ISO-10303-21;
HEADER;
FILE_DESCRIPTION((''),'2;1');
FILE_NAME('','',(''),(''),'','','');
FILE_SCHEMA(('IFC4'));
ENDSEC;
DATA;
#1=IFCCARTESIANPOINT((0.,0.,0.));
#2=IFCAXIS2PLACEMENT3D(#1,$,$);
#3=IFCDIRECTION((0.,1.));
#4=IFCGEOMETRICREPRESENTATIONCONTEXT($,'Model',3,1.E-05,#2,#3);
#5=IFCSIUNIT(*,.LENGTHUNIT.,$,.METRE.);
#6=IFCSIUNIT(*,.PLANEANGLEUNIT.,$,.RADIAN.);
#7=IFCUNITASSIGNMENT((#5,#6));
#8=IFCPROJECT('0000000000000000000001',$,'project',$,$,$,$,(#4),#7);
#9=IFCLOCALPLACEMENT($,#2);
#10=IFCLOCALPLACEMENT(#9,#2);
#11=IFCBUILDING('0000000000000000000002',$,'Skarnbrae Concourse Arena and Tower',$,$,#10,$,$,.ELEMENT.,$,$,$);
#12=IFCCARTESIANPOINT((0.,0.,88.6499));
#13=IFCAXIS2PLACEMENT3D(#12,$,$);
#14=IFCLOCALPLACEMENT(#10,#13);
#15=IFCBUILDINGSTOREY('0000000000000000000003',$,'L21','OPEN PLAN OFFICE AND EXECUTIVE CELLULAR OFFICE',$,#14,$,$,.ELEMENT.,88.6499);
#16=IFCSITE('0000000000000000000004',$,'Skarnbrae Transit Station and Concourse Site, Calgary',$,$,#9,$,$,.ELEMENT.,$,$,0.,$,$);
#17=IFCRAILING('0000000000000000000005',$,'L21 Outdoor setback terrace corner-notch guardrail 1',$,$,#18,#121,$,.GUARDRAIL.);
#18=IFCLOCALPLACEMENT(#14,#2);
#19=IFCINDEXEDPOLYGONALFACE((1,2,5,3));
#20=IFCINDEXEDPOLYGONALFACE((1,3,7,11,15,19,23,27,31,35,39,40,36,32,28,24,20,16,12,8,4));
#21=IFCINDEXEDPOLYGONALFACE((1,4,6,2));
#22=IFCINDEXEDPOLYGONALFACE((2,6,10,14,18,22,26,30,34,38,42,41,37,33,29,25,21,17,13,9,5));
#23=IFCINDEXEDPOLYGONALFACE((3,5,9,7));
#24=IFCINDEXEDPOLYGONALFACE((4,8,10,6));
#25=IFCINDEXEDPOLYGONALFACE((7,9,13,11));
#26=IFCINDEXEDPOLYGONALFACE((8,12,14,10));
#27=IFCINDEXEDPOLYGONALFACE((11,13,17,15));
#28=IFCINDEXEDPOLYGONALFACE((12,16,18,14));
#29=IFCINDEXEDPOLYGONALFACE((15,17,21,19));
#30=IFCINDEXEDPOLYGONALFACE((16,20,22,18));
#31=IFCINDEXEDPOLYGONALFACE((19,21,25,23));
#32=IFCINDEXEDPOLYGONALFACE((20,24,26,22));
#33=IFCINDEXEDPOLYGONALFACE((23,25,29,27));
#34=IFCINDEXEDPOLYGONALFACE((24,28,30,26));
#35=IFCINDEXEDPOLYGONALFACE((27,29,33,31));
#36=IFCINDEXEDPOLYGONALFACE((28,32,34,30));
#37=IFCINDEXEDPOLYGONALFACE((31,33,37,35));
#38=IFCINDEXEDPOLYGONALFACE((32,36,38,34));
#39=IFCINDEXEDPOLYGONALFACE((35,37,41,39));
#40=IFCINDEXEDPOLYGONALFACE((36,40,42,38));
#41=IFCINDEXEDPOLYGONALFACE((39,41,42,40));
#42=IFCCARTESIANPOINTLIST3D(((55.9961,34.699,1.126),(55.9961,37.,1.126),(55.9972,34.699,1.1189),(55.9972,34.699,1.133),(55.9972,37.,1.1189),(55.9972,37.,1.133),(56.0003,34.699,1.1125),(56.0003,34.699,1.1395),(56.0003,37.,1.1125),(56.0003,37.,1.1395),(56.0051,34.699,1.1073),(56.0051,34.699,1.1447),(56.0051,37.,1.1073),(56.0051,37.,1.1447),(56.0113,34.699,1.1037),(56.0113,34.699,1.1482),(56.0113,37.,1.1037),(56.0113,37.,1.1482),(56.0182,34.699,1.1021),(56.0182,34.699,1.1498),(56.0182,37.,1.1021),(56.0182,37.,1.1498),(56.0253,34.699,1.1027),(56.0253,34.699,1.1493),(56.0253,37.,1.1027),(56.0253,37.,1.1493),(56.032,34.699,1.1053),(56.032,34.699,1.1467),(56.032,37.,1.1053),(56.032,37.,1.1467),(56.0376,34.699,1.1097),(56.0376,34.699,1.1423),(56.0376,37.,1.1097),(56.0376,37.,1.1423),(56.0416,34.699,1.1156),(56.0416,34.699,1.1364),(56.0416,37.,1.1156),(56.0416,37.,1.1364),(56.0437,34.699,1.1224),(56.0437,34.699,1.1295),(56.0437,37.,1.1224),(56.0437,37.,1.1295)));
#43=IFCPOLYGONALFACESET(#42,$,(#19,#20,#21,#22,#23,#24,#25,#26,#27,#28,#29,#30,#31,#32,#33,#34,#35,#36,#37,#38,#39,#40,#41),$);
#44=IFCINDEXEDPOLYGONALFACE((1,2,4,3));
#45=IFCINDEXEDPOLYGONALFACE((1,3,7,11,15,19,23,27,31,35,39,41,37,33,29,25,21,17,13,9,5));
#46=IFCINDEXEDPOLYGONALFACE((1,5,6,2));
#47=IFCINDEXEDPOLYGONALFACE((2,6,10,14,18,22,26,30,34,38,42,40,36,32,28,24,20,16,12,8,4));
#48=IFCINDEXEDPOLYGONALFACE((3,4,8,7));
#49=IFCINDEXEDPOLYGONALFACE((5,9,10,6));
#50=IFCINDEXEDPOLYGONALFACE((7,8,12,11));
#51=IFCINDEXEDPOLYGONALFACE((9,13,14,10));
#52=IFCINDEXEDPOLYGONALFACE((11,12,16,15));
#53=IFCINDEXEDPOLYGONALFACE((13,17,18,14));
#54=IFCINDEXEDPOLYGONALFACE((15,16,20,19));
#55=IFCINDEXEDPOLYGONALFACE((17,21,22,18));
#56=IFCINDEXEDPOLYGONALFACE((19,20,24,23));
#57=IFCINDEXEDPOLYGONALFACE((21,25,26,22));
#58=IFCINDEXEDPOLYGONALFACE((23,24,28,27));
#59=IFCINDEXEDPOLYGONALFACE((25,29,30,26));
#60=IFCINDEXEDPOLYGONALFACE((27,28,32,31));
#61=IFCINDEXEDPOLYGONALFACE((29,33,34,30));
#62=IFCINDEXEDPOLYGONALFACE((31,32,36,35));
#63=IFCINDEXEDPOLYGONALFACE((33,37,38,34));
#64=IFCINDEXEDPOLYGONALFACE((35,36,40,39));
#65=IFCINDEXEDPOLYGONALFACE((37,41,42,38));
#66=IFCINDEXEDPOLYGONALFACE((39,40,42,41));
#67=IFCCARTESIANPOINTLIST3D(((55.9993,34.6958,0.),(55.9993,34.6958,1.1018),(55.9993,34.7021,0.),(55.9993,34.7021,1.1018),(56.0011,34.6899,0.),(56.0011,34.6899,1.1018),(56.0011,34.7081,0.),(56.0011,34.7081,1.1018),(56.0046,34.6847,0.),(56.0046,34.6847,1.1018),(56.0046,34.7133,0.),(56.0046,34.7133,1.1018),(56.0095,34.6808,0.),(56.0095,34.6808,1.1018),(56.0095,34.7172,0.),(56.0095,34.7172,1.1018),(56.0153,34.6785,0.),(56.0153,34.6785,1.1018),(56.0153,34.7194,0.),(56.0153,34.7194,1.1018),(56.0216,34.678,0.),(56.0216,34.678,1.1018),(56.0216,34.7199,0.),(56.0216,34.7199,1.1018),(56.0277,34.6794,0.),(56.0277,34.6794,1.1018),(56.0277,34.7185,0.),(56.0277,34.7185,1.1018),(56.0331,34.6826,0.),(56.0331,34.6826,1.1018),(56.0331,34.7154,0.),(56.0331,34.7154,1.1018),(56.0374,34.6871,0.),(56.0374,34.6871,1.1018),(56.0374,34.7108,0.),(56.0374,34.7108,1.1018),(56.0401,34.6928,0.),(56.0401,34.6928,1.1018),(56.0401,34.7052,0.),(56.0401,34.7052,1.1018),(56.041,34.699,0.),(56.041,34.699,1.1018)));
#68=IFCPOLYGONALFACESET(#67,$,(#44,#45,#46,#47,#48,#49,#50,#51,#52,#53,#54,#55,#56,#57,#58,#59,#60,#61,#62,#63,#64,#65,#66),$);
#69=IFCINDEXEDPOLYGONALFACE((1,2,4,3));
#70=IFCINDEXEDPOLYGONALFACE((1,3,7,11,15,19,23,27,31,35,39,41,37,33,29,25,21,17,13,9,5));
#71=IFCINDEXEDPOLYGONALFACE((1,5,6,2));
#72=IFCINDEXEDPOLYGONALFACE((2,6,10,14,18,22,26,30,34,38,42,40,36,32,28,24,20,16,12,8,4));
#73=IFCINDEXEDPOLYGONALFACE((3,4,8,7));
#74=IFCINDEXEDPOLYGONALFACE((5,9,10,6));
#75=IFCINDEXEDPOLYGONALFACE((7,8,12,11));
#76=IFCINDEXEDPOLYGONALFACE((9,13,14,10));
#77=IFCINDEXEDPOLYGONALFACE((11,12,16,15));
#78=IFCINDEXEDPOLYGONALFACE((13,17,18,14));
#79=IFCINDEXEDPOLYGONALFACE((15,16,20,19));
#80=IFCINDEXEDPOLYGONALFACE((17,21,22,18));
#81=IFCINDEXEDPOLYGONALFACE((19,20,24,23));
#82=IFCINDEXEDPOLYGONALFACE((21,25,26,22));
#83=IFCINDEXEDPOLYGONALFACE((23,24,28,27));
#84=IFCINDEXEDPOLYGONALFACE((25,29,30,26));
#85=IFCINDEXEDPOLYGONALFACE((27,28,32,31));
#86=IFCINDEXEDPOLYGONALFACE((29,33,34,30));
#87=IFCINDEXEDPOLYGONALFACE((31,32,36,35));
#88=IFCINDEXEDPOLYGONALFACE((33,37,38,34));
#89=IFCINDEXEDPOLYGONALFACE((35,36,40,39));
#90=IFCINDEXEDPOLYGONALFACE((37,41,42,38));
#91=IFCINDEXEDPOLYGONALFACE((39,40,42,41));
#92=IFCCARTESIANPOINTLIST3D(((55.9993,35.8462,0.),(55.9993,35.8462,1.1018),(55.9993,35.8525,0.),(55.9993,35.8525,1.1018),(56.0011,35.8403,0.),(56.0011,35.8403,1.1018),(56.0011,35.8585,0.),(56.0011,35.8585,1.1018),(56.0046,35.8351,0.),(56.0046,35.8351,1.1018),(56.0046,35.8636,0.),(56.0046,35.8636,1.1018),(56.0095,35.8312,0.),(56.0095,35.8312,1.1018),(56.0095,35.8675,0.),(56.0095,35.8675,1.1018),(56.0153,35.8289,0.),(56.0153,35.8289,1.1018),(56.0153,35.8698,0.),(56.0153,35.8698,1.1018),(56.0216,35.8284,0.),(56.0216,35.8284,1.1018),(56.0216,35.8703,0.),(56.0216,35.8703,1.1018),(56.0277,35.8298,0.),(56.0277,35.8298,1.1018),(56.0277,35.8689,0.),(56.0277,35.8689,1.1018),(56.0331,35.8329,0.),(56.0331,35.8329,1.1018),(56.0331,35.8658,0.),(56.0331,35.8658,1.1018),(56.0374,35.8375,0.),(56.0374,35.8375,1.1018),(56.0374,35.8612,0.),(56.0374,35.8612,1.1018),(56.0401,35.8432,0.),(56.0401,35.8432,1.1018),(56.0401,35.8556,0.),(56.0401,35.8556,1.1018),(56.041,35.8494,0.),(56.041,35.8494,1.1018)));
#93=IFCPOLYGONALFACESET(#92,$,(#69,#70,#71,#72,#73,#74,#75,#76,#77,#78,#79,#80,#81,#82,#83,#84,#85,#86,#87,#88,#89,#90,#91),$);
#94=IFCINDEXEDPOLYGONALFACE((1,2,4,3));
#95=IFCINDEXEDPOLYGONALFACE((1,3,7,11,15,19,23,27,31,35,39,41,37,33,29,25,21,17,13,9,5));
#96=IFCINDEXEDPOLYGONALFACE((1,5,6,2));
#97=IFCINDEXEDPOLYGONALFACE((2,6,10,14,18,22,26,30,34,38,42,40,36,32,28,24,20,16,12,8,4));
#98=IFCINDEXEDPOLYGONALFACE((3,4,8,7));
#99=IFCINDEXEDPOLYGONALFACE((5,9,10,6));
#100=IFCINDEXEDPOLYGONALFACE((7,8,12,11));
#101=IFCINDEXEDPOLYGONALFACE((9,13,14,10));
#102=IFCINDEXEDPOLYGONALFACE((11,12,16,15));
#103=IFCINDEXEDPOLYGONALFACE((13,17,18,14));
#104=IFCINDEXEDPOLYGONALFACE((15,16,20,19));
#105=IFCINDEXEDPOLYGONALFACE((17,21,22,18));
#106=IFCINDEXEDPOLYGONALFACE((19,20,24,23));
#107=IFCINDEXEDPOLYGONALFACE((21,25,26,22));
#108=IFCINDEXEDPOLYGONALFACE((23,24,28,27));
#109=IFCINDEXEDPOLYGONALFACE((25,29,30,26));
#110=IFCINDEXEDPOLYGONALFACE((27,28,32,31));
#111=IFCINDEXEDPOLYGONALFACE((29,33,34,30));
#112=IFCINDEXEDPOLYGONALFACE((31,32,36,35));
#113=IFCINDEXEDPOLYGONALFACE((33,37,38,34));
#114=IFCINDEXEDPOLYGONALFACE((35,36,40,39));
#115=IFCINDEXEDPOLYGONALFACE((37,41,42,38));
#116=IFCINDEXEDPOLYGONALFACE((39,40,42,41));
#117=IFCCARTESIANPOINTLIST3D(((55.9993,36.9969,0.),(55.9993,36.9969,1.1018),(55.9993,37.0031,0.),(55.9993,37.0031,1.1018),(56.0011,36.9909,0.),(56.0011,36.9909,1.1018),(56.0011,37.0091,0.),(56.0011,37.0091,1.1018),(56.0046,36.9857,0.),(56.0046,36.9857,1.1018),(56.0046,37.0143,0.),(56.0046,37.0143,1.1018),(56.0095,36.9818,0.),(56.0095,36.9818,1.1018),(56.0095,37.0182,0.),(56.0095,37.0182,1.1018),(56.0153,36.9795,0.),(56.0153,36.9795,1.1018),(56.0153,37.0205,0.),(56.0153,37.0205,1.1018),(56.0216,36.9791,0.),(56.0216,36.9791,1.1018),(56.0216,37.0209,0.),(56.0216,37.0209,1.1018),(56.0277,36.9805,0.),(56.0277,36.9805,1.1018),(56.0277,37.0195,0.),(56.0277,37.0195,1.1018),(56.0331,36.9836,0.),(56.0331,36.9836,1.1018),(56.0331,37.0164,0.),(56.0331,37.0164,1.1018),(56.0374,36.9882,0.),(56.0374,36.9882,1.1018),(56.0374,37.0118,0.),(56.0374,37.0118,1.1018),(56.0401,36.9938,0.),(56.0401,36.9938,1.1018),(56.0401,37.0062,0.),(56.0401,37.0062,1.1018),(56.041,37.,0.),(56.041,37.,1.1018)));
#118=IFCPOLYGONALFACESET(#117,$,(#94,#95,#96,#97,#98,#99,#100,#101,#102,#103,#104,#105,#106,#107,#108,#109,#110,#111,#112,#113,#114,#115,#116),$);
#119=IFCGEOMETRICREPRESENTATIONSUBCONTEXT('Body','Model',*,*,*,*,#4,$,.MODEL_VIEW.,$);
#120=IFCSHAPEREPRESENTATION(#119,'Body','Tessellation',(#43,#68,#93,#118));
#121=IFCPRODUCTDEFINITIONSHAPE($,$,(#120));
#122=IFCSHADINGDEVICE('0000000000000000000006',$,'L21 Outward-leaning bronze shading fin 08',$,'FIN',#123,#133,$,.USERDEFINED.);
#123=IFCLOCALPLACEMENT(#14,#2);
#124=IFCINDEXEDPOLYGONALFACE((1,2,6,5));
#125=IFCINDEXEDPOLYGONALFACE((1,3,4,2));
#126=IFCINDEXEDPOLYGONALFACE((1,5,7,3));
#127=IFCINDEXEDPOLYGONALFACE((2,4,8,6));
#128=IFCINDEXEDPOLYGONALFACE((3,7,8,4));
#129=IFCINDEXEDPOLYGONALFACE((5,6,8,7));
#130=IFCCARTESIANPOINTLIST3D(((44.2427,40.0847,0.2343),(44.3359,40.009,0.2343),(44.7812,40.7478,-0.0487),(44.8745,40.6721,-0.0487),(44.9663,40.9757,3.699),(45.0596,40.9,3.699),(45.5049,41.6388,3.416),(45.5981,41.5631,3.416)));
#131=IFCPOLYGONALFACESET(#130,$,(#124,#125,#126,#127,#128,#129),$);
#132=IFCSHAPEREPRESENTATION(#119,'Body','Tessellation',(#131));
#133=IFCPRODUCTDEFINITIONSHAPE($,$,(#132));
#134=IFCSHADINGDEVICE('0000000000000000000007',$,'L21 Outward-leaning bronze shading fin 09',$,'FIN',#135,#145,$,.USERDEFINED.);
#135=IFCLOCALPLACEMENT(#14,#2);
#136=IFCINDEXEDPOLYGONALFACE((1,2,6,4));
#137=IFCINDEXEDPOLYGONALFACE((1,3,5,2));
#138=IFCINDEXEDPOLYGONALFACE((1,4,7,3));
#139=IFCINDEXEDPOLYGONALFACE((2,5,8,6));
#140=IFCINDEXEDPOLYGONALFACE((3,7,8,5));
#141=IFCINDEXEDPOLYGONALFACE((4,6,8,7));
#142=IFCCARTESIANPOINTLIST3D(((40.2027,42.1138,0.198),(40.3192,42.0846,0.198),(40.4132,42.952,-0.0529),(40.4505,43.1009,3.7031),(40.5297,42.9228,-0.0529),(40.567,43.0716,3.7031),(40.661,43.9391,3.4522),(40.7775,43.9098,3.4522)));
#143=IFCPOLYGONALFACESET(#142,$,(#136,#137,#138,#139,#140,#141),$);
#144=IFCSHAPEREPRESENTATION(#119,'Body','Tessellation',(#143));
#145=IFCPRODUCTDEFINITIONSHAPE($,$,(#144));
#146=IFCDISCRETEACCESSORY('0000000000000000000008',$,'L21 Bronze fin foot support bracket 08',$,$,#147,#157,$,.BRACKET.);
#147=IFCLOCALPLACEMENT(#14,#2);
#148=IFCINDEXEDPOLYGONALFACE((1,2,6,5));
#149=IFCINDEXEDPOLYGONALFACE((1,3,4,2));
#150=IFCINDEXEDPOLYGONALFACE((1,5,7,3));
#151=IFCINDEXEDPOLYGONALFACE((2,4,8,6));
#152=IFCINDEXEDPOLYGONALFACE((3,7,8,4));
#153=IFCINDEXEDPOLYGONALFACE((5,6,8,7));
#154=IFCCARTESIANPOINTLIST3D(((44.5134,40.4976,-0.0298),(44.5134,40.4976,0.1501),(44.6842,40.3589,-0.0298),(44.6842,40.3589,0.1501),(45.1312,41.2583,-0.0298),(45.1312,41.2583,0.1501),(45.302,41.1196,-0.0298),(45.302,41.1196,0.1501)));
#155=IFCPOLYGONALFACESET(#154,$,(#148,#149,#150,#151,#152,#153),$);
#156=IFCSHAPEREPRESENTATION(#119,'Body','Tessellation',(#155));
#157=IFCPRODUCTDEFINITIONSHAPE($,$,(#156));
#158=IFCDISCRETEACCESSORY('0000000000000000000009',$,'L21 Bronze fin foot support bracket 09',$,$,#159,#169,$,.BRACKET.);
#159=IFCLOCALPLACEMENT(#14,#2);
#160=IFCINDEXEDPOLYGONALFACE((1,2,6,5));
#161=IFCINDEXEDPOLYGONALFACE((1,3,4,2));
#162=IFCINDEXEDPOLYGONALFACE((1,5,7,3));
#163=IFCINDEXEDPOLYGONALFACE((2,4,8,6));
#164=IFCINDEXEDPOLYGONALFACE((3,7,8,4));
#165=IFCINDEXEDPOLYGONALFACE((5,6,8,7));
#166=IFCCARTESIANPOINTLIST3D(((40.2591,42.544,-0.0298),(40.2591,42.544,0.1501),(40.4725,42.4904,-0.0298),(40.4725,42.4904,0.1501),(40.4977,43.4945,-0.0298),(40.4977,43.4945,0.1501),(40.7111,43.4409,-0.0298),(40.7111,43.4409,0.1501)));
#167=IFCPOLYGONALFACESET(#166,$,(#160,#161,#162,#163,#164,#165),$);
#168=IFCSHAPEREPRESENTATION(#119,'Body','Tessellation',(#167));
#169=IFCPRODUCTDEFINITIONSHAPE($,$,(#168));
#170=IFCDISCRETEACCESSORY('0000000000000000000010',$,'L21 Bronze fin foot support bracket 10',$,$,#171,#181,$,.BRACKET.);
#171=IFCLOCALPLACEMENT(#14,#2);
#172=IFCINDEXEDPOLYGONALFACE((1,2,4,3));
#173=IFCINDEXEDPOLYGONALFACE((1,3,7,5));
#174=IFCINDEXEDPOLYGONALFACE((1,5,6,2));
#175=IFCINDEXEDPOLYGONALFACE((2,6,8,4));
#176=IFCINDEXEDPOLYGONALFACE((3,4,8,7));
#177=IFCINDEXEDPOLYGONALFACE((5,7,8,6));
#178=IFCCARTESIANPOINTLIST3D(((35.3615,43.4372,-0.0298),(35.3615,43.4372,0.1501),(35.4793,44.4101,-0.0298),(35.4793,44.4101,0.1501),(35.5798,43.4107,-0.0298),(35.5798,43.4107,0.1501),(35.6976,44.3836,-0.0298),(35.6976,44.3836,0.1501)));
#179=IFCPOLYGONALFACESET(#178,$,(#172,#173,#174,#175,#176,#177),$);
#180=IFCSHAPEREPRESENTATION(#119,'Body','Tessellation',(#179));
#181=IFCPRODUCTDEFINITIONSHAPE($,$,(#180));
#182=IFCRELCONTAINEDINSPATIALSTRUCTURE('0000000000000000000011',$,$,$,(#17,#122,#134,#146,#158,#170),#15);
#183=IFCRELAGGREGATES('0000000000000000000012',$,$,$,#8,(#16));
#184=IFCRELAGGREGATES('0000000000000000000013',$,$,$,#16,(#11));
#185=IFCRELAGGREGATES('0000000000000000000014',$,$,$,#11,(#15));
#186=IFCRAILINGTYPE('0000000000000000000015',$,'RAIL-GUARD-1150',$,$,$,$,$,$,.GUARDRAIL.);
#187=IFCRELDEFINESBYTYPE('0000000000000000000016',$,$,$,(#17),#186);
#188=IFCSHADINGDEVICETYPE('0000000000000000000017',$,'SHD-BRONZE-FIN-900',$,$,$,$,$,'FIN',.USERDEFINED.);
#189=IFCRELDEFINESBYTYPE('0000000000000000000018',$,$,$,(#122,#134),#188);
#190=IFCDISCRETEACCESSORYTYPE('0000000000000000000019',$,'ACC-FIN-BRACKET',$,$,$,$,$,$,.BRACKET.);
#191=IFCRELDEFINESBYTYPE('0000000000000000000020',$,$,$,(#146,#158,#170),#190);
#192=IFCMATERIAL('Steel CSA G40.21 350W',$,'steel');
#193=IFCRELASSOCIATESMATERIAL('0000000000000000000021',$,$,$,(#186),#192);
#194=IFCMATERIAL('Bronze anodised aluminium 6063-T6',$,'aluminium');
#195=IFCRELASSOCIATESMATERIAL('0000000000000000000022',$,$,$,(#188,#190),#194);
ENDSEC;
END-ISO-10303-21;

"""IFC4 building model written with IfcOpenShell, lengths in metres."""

from ifc_helpers import new_model, si_unit, direction, frame, origin, origin_2d, place, context, subcontext, project, spatial, rectangle, circle, extrude, source, transform, mapped, material, type_object, element, save


model = new_model("IFC4")

# Units and contexts
model_context = context("Model", 3, precision=1e-05, world=origin(), true_north=direction((0.0, 1.0)))
body_context = subcontext(model_context, "Body", "Model", "MODEL_VIEW")
ifc_project = project(units=[si_unit("LENGTHUNIT", "METRE"), si_unit("PLANEANGLEUNIT", "RADIAN")], contexts=[model_context])

# Site, building, storey
site_placement = place(None, origin())
site = spatial("IfcSite", under=ifc_project, at=site_placement, Name="Skarnbrae Transit Station and Concourse Site, Calgary", CompositionType="ELEMENT", RefElevation=0.0)
building_placement = place(site_placement, origin())
building = spatial("IfcBuilding", under=site, at=building_placement, Name="Skarnbrae Concourse Arena and Tower", CompositionType="ELEMENT")
storey_placement = place(building_placement, frame((0.0, 0.0, 88.6499)))
storey = spatial("IfcBuildingStorey", under=building, at=storey_placement, Name="L21", Description="OPEN PLAN OFFICE AND EXECUTIVE CELLULAR OFFICE", CompositionType="ELEMENT", Elevation=88.6499)

# Shared definitions
ifc_material_1 = material(Name="Steel CSA G40.21 350W", Category="steel")

# Shared definitions
ifc_material_2 = material(Name="Bronze anodised aluminium 6063-T6", Category="aluminium")

# Railing
railing_type = type_object("IfcRailingType", Name="RAIL-GUARD-1150", PredefinedType="GUARDRAIL", material=ifc_material_1)
railing_placement = place(storey_placement, frame((56.02, 34.699, 0.0)))
element("IfcRailing", 1, at=railing_placement, inside=storey, type_object=railing_type, Name="L21 Outdoor setback terrace corner-notch guardrail 1", PredefinedType="GUARDRAIL", context=body_context, shape_type="SweptSolid", body=[
    extrude(circle(Radius=0.0239, at=origin_2d()), frame((0.0, 0.0, 1.126), z_axis=(0.0, 1.0, 0.0), x_axis=(-1.0, 0.0, 0.0)), (0.0, 0.0, 1.0), 2.301),
    extrude(circle(Radius=0.021, at=origin_2d()), origin(), (0.0, 0.0, 1.0), 1.1018),
    extrude(circle(Radius=0.021, at=origin_2d()), frame((0.0, 1.1504, 0.0)), (0.0, 0.0, 1.0), 1.1018),
    extrude(circle(Radius=0.021, at=origin_2d()), frame((0.0, 2.301, 0.0)), (0.0, 0.0, 1.0), 1.1018),
])

# Shading devices
shading_device_type = type_object("IfcShadingDeviceType", Name="SHD-BRONZE-FIN-900", ElementType="FIN", PredefinedType="USERDEFINED", material=ifc_material_2)
shared_shape_1 = source(origin(), body_context, "Body", "SweptSolid", [
    extrude(rectangle(XDim=0.1201, YDim=0.8999, at=origin_2d()), origin(), (0.0, 0.0, 1.0), 3.6499),
])
for number, where, z_axis, x_axis, name in (
    (2, (44.5586, 40.3784, 0.0928), (0.198264, 0.244121, 0.949261), (0.776245, -0.630432, 0.0), "L21 Outward-leaning bronze shading fin 08"),
    (3, (40.3662, 42.5183, 0.0725), (0.067893, 0.270431, 0.960342), (0.969902, -0.243497, 0.0), "L21 Outward-leaning bronze shading fin 09"),
):
    element("IfcShadingDevice", number, at=place(storey_placement, frame(where, z_axis=z_axis, x_axis=x_axis)), inside=storey, type_object=shading_device_type, Name=name, ObjectType="FIN", PredefinedType="USERDEFINED", context=body_context, shape_type="MappedRepresentation", body=[
        mapped(shared_shape_1, transform((0.0, 0.0, 0.0))),
    ])

# Discrete accessories
discrete_accessory_type = type_object("IfcDiscreteAccessoryType", Name="ACC-FIN-BRACKET", PredefinedType="BRACKET", material=ifc_material_2)
shared_shape_2 = source(origin(), body_context, "Body", "SweptSolid", [
    extrude(rectangle(XDim=0.22, YDim=0.98, at=origin_2d()), origin(), (0.0, 0.0, 1.0), 0.1799),
])
for number, where, z_axis, x_axis, name in (
    (4, (44.9077, 40.8086, -0.0298), (0.0, 0.0, 1.0), (0.776245, -0.630432, 0.0), "L21 Bronze fin foot support bracket 08"),
    (5, (40.4851, 42.9924, -0.0298), (0.0, 0.0, 1.0), (0.969902, -0.243497, 0.0), "L21 Bronze fin foot support bracket 09"),
    (6, (35.5295, 43.9104, -0.0298), (0.0, 0.0, 1.0), (0.992749, -0.120206, 0.0), "L21 Bronze fin foot support bracket 10"),
):
    element("IfcDiscreteAccessory", number, at=place(storey_placement, frame(where, z_axis=z_axis, x_axis=x_axis)), inside=storey, type_object=discrete_accessory_type, Name=name, PredefinedType="BRACKET", context=body_context, shape_type="MappedRepresentation", body=[
        mapped(shared_shape_2, transform((0.0, 0.0, 0.0))),
    ])

save(model, "model.ifc")
